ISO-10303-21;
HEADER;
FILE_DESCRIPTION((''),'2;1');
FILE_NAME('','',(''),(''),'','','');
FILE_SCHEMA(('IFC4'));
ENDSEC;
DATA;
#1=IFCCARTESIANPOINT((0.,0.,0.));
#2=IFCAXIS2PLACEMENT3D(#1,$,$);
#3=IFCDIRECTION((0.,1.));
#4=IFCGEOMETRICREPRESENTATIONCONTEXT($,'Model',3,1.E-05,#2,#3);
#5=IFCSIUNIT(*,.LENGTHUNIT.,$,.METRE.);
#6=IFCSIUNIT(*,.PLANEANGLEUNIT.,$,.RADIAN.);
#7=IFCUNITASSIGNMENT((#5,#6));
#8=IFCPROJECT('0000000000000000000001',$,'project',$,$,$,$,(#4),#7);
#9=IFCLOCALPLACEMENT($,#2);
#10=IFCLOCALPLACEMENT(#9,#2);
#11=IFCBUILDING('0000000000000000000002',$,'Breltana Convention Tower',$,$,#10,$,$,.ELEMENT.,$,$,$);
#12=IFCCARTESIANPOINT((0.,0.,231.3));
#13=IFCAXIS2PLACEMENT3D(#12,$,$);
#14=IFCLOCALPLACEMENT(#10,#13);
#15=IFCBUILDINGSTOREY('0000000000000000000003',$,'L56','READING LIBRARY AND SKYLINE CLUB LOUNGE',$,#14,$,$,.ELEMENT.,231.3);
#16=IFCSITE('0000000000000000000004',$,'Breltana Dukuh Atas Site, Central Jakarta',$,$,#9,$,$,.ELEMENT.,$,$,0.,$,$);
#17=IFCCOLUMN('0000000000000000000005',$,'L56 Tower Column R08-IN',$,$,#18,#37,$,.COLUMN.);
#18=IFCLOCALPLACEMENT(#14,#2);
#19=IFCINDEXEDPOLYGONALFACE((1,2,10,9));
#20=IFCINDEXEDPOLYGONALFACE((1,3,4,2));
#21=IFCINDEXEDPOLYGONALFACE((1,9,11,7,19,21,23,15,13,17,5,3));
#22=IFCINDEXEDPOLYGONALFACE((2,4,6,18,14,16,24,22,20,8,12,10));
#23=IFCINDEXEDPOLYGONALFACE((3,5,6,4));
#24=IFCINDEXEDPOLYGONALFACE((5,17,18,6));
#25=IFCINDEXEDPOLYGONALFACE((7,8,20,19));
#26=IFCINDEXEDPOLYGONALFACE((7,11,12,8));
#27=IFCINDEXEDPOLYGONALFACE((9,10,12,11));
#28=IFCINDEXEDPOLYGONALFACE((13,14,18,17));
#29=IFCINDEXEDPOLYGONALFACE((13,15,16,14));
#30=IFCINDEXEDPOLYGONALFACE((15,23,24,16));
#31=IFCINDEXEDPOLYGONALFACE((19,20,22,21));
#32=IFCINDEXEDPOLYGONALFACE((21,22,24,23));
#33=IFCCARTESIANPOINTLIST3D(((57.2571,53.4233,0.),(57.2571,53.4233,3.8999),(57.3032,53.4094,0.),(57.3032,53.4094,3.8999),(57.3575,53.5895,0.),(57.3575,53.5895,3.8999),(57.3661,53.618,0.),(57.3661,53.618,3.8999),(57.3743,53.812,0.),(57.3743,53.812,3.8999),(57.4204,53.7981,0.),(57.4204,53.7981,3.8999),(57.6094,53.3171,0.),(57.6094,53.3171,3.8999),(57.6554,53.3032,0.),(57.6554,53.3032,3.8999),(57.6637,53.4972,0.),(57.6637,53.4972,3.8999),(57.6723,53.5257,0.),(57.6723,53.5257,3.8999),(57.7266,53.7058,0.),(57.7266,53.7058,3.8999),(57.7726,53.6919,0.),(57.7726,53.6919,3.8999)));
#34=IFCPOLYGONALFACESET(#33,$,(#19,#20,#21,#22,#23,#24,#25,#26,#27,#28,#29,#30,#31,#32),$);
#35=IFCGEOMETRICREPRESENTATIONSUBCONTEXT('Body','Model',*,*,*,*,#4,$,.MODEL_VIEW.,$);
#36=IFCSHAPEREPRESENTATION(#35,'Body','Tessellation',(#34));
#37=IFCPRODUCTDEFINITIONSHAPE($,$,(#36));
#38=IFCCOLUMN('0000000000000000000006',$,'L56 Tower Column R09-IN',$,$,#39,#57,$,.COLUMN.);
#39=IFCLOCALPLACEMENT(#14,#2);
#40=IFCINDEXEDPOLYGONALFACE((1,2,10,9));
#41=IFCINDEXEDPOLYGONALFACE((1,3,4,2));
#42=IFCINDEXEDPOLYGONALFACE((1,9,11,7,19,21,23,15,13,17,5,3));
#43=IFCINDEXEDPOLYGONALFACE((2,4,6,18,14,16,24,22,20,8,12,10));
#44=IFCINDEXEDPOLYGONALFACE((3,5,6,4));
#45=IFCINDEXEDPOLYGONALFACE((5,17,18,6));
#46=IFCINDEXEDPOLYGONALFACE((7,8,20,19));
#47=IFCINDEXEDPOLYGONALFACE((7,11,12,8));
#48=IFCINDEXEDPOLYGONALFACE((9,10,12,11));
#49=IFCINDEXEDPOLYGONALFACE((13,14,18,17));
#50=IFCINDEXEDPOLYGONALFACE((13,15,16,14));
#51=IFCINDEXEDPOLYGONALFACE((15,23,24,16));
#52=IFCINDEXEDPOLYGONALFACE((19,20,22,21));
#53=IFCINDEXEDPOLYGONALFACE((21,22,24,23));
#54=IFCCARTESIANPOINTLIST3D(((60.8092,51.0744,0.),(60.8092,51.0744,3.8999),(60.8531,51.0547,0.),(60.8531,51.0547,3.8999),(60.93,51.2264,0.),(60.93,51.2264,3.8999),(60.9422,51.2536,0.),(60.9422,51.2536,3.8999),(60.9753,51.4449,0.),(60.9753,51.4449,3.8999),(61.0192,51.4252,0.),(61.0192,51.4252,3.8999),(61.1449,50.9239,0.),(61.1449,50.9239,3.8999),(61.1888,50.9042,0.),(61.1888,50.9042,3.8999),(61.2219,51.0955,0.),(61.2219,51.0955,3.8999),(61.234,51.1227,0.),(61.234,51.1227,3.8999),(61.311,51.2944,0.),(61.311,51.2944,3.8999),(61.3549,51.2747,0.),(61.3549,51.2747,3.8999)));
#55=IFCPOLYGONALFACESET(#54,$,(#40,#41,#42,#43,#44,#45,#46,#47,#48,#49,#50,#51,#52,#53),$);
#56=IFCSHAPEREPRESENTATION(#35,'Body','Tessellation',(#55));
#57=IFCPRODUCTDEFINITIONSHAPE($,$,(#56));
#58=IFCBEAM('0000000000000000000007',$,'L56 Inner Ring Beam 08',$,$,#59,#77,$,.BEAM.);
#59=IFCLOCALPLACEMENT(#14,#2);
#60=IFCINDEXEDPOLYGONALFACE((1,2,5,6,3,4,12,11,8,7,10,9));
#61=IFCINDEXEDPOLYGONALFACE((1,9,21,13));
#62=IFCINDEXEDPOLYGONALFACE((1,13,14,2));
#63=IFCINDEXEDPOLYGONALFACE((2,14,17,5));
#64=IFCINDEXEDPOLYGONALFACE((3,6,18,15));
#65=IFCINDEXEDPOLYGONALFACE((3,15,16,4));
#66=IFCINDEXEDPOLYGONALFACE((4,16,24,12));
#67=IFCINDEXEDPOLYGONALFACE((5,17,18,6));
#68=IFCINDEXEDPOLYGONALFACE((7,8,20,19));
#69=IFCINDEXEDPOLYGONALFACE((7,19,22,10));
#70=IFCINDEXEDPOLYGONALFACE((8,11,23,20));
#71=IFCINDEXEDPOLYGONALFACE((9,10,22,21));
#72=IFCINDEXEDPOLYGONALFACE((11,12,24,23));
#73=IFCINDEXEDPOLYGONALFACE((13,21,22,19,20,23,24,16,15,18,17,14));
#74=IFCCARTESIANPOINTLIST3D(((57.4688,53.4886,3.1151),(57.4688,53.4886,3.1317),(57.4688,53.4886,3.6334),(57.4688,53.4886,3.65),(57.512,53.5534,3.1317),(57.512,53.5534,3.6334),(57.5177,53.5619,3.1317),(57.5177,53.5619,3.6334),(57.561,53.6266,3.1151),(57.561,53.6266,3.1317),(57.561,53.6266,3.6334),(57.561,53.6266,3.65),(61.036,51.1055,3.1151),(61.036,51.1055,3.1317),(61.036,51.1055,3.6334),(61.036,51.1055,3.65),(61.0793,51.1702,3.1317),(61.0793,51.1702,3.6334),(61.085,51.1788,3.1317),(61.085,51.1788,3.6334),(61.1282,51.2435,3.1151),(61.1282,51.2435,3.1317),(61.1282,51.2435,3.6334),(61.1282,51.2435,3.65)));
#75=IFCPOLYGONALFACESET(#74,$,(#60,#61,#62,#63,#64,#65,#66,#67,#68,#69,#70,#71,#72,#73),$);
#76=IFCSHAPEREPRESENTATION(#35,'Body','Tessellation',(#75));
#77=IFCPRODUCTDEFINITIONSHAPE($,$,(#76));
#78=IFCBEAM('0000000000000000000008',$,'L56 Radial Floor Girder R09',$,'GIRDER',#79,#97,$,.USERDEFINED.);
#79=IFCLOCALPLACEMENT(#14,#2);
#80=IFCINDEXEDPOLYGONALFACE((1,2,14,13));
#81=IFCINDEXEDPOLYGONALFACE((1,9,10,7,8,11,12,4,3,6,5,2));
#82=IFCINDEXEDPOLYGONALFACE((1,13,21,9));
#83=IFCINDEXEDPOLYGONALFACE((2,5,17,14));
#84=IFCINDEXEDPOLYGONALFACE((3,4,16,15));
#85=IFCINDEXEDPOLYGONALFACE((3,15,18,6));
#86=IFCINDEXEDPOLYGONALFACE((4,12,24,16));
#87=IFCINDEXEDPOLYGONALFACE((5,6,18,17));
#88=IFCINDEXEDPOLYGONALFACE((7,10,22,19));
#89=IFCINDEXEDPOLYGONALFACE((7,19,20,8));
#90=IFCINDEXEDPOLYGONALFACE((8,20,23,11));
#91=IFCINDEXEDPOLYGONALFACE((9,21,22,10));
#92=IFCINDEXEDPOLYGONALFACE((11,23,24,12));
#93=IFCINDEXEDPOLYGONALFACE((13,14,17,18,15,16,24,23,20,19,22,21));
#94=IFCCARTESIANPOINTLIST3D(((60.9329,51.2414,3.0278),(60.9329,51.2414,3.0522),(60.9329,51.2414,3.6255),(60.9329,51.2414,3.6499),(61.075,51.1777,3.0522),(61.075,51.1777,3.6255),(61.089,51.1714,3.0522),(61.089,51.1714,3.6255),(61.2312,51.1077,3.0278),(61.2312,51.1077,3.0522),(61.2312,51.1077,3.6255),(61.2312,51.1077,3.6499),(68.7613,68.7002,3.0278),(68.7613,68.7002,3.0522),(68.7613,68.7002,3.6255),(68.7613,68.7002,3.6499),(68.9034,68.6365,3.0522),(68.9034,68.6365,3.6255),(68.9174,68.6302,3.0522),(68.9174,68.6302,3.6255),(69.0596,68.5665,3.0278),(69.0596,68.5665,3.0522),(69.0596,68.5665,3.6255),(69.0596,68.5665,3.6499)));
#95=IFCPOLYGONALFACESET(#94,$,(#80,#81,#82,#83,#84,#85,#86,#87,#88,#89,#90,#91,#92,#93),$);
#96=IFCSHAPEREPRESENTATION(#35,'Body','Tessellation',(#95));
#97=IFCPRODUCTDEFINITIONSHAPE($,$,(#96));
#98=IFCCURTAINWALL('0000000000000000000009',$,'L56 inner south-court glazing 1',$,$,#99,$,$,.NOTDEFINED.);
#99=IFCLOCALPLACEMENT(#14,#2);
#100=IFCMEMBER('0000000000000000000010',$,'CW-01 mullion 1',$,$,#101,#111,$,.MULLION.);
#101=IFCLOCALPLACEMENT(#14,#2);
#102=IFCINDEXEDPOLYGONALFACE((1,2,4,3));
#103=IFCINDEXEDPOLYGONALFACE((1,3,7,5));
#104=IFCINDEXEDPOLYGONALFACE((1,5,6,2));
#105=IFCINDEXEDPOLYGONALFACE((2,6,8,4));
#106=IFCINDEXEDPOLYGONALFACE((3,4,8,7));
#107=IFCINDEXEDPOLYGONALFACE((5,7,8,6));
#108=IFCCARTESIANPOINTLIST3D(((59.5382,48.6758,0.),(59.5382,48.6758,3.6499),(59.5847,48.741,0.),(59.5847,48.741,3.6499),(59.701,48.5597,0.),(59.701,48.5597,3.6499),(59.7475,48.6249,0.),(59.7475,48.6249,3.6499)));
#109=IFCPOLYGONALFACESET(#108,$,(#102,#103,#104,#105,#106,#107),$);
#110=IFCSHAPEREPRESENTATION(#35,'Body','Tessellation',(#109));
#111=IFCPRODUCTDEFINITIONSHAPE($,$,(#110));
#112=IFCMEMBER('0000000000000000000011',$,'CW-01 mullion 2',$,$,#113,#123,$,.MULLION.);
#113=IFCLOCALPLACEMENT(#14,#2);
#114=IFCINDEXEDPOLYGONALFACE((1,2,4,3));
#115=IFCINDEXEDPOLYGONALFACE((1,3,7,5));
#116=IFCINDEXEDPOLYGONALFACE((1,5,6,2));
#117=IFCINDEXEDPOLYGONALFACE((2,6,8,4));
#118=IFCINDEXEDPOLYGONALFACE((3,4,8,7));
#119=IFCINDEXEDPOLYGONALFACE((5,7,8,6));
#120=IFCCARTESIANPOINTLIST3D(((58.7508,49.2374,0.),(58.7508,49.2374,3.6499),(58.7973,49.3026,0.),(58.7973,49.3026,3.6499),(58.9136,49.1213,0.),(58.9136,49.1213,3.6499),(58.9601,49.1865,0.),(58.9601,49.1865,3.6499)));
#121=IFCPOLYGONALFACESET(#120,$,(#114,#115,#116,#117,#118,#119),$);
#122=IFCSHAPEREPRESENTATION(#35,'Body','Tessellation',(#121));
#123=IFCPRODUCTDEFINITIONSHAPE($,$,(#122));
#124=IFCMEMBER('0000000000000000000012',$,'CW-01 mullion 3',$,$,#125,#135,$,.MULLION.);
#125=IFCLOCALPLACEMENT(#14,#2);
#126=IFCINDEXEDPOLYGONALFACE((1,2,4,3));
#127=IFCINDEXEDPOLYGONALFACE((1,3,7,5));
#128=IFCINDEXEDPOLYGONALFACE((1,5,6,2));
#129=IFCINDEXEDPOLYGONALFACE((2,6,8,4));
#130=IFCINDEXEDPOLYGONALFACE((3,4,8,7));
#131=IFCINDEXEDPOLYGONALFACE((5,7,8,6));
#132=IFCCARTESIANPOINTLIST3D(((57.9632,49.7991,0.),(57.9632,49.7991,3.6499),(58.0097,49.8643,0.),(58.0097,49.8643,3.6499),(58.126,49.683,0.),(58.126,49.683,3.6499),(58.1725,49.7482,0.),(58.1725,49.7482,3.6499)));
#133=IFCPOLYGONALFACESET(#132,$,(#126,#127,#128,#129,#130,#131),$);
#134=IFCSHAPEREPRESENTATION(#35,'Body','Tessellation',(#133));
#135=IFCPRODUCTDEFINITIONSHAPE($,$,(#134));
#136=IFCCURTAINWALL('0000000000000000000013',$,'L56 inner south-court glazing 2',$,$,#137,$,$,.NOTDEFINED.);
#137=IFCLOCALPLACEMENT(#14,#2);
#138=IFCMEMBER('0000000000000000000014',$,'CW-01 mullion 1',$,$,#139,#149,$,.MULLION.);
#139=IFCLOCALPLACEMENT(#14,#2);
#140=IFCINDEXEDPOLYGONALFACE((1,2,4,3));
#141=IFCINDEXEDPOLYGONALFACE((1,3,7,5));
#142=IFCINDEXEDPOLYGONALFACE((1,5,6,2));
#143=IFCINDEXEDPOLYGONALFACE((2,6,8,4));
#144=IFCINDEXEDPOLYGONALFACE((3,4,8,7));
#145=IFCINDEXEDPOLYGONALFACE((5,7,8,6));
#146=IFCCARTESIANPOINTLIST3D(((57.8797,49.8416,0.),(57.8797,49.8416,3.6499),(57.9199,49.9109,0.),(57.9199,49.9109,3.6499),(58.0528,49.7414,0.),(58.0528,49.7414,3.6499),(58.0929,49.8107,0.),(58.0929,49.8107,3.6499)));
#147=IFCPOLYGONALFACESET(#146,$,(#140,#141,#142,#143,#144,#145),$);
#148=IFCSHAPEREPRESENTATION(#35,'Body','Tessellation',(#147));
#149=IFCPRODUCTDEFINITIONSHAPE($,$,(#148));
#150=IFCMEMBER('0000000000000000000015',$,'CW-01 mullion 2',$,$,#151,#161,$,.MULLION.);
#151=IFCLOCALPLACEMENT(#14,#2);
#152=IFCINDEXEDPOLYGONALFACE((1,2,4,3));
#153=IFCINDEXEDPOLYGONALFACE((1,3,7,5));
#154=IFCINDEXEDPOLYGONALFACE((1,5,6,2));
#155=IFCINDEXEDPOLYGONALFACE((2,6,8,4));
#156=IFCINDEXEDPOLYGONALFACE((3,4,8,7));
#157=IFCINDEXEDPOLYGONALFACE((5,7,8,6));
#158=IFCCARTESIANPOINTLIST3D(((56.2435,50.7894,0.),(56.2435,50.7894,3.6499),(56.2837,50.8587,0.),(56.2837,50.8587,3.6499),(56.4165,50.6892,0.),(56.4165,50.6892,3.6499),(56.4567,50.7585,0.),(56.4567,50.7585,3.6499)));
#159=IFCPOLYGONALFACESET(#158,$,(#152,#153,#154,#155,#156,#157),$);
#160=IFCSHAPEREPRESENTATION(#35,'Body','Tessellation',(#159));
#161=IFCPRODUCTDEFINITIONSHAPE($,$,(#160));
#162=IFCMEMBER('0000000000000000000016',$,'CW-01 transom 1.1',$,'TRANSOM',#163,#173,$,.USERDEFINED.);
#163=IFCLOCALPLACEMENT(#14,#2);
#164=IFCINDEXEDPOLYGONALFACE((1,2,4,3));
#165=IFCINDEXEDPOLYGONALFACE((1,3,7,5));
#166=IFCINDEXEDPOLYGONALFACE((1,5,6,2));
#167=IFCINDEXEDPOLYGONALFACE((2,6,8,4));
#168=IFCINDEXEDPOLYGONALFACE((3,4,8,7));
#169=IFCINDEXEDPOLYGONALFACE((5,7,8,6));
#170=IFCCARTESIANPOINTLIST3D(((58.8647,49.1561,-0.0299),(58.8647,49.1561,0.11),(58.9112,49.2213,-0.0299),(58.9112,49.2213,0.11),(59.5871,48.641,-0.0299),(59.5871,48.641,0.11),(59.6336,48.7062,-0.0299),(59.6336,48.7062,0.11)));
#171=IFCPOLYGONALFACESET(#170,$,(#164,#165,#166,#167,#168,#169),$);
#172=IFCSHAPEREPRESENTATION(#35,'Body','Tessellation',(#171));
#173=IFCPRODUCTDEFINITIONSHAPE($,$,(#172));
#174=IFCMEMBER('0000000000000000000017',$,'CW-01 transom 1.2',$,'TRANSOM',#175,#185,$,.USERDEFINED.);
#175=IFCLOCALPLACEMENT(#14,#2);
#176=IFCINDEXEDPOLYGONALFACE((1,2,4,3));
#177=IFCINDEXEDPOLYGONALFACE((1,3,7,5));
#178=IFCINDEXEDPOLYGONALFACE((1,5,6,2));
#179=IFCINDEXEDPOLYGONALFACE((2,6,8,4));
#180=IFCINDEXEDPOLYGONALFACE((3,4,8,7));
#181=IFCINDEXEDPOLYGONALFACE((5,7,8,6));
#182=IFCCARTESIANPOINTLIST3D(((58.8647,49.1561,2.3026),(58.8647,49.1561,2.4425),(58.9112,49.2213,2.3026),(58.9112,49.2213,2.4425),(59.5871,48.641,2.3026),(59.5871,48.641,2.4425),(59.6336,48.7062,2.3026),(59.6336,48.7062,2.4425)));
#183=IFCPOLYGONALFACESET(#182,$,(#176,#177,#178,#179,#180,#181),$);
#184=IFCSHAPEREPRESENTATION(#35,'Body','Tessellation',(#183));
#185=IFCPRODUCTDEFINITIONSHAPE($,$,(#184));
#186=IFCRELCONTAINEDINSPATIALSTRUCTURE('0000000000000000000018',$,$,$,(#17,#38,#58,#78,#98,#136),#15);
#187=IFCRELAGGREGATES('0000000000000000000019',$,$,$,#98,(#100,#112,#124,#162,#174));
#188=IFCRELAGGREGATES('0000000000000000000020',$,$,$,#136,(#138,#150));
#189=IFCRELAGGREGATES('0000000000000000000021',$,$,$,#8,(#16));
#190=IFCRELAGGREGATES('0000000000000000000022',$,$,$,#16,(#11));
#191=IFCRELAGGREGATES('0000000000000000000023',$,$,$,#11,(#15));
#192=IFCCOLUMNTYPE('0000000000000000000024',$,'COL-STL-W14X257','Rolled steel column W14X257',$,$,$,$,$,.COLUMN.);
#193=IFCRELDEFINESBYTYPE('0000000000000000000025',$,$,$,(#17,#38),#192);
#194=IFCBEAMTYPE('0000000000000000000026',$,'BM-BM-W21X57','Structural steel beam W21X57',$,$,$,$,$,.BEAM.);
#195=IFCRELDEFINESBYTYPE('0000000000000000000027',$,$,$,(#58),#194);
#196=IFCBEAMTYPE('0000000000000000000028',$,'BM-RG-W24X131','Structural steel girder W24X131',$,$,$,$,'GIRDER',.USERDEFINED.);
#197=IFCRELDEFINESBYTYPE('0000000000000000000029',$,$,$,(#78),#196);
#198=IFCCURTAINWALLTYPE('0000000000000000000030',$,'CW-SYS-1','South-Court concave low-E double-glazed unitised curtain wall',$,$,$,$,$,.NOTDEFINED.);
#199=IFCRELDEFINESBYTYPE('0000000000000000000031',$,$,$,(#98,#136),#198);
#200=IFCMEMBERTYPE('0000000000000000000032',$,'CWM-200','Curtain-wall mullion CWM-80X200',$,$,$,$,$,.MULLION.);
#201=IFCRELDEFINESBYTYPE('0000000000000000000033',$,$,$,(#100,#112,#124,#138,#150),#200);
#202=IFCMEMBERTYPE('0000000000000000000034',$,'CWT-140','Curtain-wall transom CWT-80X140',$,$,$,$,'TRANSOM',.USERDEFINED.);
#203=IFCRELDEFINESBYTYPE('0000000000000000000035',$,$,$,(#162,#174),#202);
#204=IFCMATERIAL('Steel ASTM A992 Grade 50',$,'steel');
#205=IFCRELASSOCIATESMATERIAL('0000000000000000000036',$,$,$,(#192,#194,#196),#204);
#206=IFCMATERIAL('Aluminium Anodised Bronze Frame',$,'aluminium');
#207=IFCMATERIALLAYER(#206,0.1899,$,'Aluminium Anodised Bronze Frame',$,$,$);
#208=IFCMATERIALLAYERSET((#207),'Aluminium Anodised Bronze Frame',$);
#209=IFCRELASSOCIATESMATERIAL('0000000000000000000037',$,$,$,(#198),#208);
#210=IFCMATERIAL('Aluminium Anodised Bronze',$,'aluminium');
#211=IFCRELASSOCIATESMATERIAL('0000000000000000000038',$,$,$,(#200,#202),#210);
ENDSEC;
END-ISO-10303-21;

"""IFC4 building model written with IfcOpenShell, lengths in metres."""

from ifc_helpers import new_model, si_unit, direction, frame, origin, origin_2d, place, context, subcontext, project, spatial, rectangle, i_section, extrude, source, transform, mapped, material, layer, layer_set, material_profile, profile_set, type_object, element, aggregate, save


model = new_model("IFC4")

# Units and contexts
model_context = context("Model", 3, precision=1e-05, world=origin(), true_north=direction((0.0, 1.0)))
body_context = subcontext(model_context, "Body", "Model", "MODEL_VIEW")
ifc_project = project(units=[si_unit("LENGTHUNIT", "METRE"), si_unit("PLANEANGLEUNIT", "RADIAN")], contexts=[model_context])

# Site, building, storey
site_placement = place(None, origin())
site = spatial("IfcSite", under=ifc_project, at=site_placement, Name="Breltana Dukuh Atas Site, Central Jakarta", CompositionType="ELEMENT", RefElevation=0.0)
building_placement = place(site_placement, origin())
building = spatial("IfcBuilding", under=site, at=building_placement, Name="Breltana Convention Tower", CompositionType="ELEMENT")
storey_placement = place(building_placement, frame((0.0, 0.0, 231.3)))
storey = spatial("IfcBuildingStorey", under=building, at=storey_placement, Name="L56", Description="READING LIBRARY AND SKYLINE CLUB LOUNGE", CompositionType="ELEMENT", Elevation=231.3)

# Columns
ifc_material_1 = material(Name="Steel ASTM A992 Grade 50", Category="steel")
ifc_material_profile_1 = material_profile(ifc_material_1, i_section(OverallWidth=0.406, OverallDepth=0.416, WebThickness=0.0298, FlangeThickness=0.0481, at=origin_2d()), Name="W14X257")
ifc_profile_set_1 = profile_set([ifc_material_profile_1], Name="Steel ASTM A992 Grade 50")
column_type = type_object("IfcColumnType", Name="COL-STL-W14X257", Description="Rolled steel column W14X257", PredefinedType="COLUMN", material=ifc_profile_set_1)
shared_shape_1 = source(origin(), body_context, "Body", "SweptSolid", [
    extrude(i_section(OverallWidth=0.406, OverallDepth=0.416, WebThickness=0.0298, FlangeThickness=0.0481, at=origin_2d()), origin(), (0.0, 0.0, 1.0), 3.8999),
])
for number, where, z_axis, x_axis, name in (
    (1, (57.5149, 53.5576, 0.0), (0.0, 0.0, 1.0), (0.288698, 0.95742, 0.0), "L56 Tower Column R08-IN"),
    (2, (61.082, 51.1746, 0.0), (0.0, 0.0, 1.0), (0.409127, 0.912477, 0.0), "L56 Tower Column R09-IN"),
):
    element("IfcColumn", number, at=place(storey_placement, frame(where, z_axis=z_axis, x_axis=x_axis)), inside=storey, type_object=column_type, Name=name, PredefinedType="COLUMN", context=body_context, shape_type="MappedRepresentation", body=[
        mapped(shared_shape_1, transform((0.0, 0.0, 0.0), scale=1.0)),
    ])

# Beams
ifc_material_profile_2 = material_profile(ifc_material_1, i_section(OverallWidth=0.166, OverallDepth=0.5349, WebThickness=0.0103, FlangeThickness=0.0166, at=origin_2d()), Name="W21X57")
ifc_profile_set_2 = profile_set([ifc_material_profile_2], Name="Steel ASTM A992 Grade 50")
beam_type_1 = type_object("IfcBeamType", Name="BM-BM-W21X57", Description="Structural steel beam W21X57", PredefinedType="BEAM", material=ifc_profile_set_2)
shared_shape_2 = source(origin(), body_context, "Body", "SweptSolid", [
    extrude(i_section(OverallWidth=0.166, OverallDepth=0.5349, WebThickness=0.0103, FlangeThickness=0.0166, at=origin_2d()), origin(), (0.0, 0.0, 1.0), 4.29),
])
beam_1_placement = place(storey_placement, frame((57.5149, 53.5576, 3.3826), z_axis=(0.831516, -0.555501, 0.0), x_axis=(0.555501, 0.831516, 0.0)))
element("IfcBeam", 3, at=beam_1_placement, inside=storey, type_object=beam_type_1, Name="L56 Inner Ring Beam 08", PredefinedType="BEAM", context=body_context, shape_type="MappedRepresentation", body=[
    mapped(shared_shape_2, transform((0.0, 0.0, 0.0), scale=1.0)),
])
ifc_material_profile_3 = material_profile(ifc_material_1, i_section(OverallWidth=0.3269, OverallDepth=0.6221, WebThickness=0.0154, FlangeThickness=0.0244, at=origin_2d()), Name="W24X131")
ifc_profile_set_3 = profile_set([ifc_material_profile_3], Name="Steel ASTM A992 Grade 50")
beam_type_2 = type_object("IfcBeamType", Name="BM-RG-W24X131", Description="Structural steel girder W24X131", ElementType="GIRDER", PredefinedType="USERDEFINED", material=ifc_profile_set_3)
shared_shape_3 = source(origin(), body_context, "Body", "SweptSolid", [
    extrude(i_section(OverallWidth=0.3269, OverallDepth=0.6221, WebThickness=0.0154, FlangeThickness=0.0244, at=origin_2d()), origin(), (0.0, 0.0, 1.0), 19.1335),
])
beam_2_placement = place(storey_placement, frame((61.082, 51.1746, 3.3389), z_axis=(0.409145, 0.91247, 0.0), x_axis=(-0.91247, 0.409145, 0.0)))
element("IfcBeam", 4, at=beam_2_placement, inside=storey, type_object=beam_type_2, Name="L56 Radial Floor Girder R09", ObjectType="GIRDER", PredefinedType="USERDEFINED", context=body_context, shape_type="MappedRepresentation", body=[
    mapped(shared_shape_3, transform((0.0, 0.0, 0.0), scale=1.0)),
])

# Curtain walls, members
ifc_material_2 = material(Name="Aluminium Anodised Bronze Frame", Category="aluminium")
ifc_layer_1 = layer(ifc_material_2, 0.1899, Name="Aluminium Anodised Bronze Frame")
ifc_layer_set_1 = layer_set([ifc_layer_1], Name="Aluminium Anodised Bronze Frame")
curtain_wall_type = type_object("IfcCurtainWallType", Name="CW-SYS-1", Description="South-Court concave low-E double-glazed unitised curtain wall", PredefinedType="NOTDEFINED", material=ifc_layer_set_1)
curtain_wall_1_placement = place(storey_placement, origin())
curtain_wall_1 = element("IfcCurtainWall", 5, at=curtain_wall_1_placement, inside=storey, type_object=curtain_wall_type, Name="L56 inner south-court glazing 1", PredefinedType="NOTDEFINED")
ifc_material_3 = material(Name="Aluminium Anodised Bronze", Category="aluminium")
ifc_material_profile_4 = material_profile(ifc_material_3, rectangle(XDim=0.0801, YDim=0.2, at=origin_2d()), Name="CWM-80X200")
ifc_profile_set_4 = profile_set([ifc_material_profile_4], Name="Aluminium Anodised Bronze")
member_type_1 = type_object("IfcMemberType", Name="CWM-200", Description="Curtain-wall mullion CWM-80X200", PredefinedType="MULLION", material=ifc_profile_set_4)
shared_shape_4 = source(origin(), body_context, "Body", "SweptSolid", [
    extrude(rectangle(XDim=0.0801, YDim=0.2, at=origin_2d()), origin(), (0.0, 0.0, 1.0), 3.6499),
])
member_1_placement = place(storey_placement, frame((59.6428, 48.6504, 0.0), z_axis=(0.0, 0.0, 1.0), x_axis=(-0.580679, -0.814132, 0.0)))
member_1 = element("IfcMember", 6, at=member_1_placement, type_object=member_type_1, Name="CW-01 mullion 1", PredefinedType="MULLION", context=body_context, shape_type="MappedRepresentation", body=[
    mapped(shared_shape_4, transform((0.0, 0.0, 0.0), scale=1.0)),
])
member_2_placement = place(storey_placement, frame((58.8555, 49.2119, 0.0), z_axis=(0.0, 0.0, 1.0), x_axis=(-0.580679, -0.814132, 0.0)))
member_2 = element("IfcMember", 7, at=member_2_placement, type_object=member_type_1, Name="CW-01 mullion 2", PredefinedType="MULLION", context=body_context, shape_type="MappedRepresentation", body=[
    mapped(shared_shape_4, transform((0.0, 0.0, 0.0), scale=1.0)),
])
member_3_placement = place(storey_placement, frame((58.0679, 49.7737, 0.0), z_axis=(0.0, 0.0, 1.0), x_axis=(-0.580679, -0.814132, 0.0)))
member_3 = element("IfcMember", 8, at=member_3_placement, type_object=member_type_1, Name="CW-01 mullion 3", PredefinedType="MULLION", context=body_context, shape_type="MappedRepresentation", body=[
    mapped(shared_shape_4, transform((0.0, 0.0, 0.0), scale=1.0)),
])
curtain_wall_2_placement = place(storey_placement, origin())
curtain_wall_2 = element("IfcCurtainWall", 9, at=curtain_wall_2_placement, inside=storey, type_object=curtain_wall_type, Name="L56 inner south-court glazing 2", PredefinedType="NOTDEFINED")
member_4_placement = place(storey_placement, frame((57.9863, 49.8262, 0.0), z_axis=(0.0, 0.0, 1.0), x_axis=(-0.50119, -0.865337, 0.0)))
member_4 = element("IfcMember", 10, at=member_4_placement, type_object=member_type_1, Name="CW-01 mullion 1", PredefinedType="MULLION", context=body_context, shape_type="MappedRepresentation", body=[
    mapped(shared_shape_4, transform((0.0, 0.0, 0.0), scale=1.0)),
])
member_5_placement = place(storey_placement, frame((56.3501, 50.7739, 0.0), z_axis=(0.0, 0.0, 1.0), x_axis=(-0.50119, -0.865337, 0.0)))
member_5 = element("IfcMember", 11, at=member_5_placement, type_object=member_type_1, Name="CW-01 mullion 2", PredefinedType="MULLION", context=body_context, shape_type="MappedRepresentation", body=[
    mapped(shared_shape_4, transform((0.0, 0.0, 0.0), scale=1.0)),
])

# Members
ifc_material_profile_5 = material_profile(ifc_material_3, rectangle(XDim=0.0801, YDim=0.1399, at=origin_2d()), Name="CWT-80X140")
ifc_profile_set_5 = profile_set([ifc_material_profile_5], Name="Aluminium Anodised Bronze")
member_type_2 = type_object("IfcMemberType", Name="CWT-140", Description="Curtain-wall transom CWT-80X140", ElementType="TRANSOM", PredefinedType="USERDEFINED", material=ifc_profile_set_5)
shared_shape_5 = source(origin(), body_context, "Body", "SweptSolid", [
    extrude(rectangle(XDim=0.0801, YDim=0.1399, at=origin_2d()), origin(), (0.0, 0.0, 1.0), 0.8872),
])
member_6_placement = place(storey_placement, frame((59.6104, 48.6736, 0.04), z_axis=(-0.814198, 0.580587, 0.0), x_axis=(-0.580587, -0.814198, 0.0)))
member_6 = element("IfcMember", 12, at=member_6_placement, type_object=member_type_2, Name="CW-01 transom 1.1", ObjectType="TRANSOM", PredefinedType="USERDEFINED", context=body_context, shape_type="MappedRepresentation", body=[
    mapped(shared_shape_5, transform((0.0, 0.0, 0.0), scale=1.0)),
])
member_7_placement = place(storey_placement, frame((59.6104, 48.6736, 2.3726), z_axis=(-0.814198, 0.580587, 0.0), x_axis=(-0.580587, -0.814198, 0.0)))
member_7 = element("IfcMember", 13, at=member_7_placement, type_object=member_type_2, Name="CW-01 transom 1.2", ObjectType="TRANSOM", PredefinedType="USERDEFINED", context=body_context, shape_type="MappedRepresentation", body=[
    mapped(shared_shape_5, transform((0.0, 0.0, 0.0), scale=1.0)),
])

aggregate(curtain_wall_1, [member_1, member_2, member_3, member_6, member_7])
aggregate(curtain_wall_2, [member_4, member_5])

save(model, "model.ifc")
